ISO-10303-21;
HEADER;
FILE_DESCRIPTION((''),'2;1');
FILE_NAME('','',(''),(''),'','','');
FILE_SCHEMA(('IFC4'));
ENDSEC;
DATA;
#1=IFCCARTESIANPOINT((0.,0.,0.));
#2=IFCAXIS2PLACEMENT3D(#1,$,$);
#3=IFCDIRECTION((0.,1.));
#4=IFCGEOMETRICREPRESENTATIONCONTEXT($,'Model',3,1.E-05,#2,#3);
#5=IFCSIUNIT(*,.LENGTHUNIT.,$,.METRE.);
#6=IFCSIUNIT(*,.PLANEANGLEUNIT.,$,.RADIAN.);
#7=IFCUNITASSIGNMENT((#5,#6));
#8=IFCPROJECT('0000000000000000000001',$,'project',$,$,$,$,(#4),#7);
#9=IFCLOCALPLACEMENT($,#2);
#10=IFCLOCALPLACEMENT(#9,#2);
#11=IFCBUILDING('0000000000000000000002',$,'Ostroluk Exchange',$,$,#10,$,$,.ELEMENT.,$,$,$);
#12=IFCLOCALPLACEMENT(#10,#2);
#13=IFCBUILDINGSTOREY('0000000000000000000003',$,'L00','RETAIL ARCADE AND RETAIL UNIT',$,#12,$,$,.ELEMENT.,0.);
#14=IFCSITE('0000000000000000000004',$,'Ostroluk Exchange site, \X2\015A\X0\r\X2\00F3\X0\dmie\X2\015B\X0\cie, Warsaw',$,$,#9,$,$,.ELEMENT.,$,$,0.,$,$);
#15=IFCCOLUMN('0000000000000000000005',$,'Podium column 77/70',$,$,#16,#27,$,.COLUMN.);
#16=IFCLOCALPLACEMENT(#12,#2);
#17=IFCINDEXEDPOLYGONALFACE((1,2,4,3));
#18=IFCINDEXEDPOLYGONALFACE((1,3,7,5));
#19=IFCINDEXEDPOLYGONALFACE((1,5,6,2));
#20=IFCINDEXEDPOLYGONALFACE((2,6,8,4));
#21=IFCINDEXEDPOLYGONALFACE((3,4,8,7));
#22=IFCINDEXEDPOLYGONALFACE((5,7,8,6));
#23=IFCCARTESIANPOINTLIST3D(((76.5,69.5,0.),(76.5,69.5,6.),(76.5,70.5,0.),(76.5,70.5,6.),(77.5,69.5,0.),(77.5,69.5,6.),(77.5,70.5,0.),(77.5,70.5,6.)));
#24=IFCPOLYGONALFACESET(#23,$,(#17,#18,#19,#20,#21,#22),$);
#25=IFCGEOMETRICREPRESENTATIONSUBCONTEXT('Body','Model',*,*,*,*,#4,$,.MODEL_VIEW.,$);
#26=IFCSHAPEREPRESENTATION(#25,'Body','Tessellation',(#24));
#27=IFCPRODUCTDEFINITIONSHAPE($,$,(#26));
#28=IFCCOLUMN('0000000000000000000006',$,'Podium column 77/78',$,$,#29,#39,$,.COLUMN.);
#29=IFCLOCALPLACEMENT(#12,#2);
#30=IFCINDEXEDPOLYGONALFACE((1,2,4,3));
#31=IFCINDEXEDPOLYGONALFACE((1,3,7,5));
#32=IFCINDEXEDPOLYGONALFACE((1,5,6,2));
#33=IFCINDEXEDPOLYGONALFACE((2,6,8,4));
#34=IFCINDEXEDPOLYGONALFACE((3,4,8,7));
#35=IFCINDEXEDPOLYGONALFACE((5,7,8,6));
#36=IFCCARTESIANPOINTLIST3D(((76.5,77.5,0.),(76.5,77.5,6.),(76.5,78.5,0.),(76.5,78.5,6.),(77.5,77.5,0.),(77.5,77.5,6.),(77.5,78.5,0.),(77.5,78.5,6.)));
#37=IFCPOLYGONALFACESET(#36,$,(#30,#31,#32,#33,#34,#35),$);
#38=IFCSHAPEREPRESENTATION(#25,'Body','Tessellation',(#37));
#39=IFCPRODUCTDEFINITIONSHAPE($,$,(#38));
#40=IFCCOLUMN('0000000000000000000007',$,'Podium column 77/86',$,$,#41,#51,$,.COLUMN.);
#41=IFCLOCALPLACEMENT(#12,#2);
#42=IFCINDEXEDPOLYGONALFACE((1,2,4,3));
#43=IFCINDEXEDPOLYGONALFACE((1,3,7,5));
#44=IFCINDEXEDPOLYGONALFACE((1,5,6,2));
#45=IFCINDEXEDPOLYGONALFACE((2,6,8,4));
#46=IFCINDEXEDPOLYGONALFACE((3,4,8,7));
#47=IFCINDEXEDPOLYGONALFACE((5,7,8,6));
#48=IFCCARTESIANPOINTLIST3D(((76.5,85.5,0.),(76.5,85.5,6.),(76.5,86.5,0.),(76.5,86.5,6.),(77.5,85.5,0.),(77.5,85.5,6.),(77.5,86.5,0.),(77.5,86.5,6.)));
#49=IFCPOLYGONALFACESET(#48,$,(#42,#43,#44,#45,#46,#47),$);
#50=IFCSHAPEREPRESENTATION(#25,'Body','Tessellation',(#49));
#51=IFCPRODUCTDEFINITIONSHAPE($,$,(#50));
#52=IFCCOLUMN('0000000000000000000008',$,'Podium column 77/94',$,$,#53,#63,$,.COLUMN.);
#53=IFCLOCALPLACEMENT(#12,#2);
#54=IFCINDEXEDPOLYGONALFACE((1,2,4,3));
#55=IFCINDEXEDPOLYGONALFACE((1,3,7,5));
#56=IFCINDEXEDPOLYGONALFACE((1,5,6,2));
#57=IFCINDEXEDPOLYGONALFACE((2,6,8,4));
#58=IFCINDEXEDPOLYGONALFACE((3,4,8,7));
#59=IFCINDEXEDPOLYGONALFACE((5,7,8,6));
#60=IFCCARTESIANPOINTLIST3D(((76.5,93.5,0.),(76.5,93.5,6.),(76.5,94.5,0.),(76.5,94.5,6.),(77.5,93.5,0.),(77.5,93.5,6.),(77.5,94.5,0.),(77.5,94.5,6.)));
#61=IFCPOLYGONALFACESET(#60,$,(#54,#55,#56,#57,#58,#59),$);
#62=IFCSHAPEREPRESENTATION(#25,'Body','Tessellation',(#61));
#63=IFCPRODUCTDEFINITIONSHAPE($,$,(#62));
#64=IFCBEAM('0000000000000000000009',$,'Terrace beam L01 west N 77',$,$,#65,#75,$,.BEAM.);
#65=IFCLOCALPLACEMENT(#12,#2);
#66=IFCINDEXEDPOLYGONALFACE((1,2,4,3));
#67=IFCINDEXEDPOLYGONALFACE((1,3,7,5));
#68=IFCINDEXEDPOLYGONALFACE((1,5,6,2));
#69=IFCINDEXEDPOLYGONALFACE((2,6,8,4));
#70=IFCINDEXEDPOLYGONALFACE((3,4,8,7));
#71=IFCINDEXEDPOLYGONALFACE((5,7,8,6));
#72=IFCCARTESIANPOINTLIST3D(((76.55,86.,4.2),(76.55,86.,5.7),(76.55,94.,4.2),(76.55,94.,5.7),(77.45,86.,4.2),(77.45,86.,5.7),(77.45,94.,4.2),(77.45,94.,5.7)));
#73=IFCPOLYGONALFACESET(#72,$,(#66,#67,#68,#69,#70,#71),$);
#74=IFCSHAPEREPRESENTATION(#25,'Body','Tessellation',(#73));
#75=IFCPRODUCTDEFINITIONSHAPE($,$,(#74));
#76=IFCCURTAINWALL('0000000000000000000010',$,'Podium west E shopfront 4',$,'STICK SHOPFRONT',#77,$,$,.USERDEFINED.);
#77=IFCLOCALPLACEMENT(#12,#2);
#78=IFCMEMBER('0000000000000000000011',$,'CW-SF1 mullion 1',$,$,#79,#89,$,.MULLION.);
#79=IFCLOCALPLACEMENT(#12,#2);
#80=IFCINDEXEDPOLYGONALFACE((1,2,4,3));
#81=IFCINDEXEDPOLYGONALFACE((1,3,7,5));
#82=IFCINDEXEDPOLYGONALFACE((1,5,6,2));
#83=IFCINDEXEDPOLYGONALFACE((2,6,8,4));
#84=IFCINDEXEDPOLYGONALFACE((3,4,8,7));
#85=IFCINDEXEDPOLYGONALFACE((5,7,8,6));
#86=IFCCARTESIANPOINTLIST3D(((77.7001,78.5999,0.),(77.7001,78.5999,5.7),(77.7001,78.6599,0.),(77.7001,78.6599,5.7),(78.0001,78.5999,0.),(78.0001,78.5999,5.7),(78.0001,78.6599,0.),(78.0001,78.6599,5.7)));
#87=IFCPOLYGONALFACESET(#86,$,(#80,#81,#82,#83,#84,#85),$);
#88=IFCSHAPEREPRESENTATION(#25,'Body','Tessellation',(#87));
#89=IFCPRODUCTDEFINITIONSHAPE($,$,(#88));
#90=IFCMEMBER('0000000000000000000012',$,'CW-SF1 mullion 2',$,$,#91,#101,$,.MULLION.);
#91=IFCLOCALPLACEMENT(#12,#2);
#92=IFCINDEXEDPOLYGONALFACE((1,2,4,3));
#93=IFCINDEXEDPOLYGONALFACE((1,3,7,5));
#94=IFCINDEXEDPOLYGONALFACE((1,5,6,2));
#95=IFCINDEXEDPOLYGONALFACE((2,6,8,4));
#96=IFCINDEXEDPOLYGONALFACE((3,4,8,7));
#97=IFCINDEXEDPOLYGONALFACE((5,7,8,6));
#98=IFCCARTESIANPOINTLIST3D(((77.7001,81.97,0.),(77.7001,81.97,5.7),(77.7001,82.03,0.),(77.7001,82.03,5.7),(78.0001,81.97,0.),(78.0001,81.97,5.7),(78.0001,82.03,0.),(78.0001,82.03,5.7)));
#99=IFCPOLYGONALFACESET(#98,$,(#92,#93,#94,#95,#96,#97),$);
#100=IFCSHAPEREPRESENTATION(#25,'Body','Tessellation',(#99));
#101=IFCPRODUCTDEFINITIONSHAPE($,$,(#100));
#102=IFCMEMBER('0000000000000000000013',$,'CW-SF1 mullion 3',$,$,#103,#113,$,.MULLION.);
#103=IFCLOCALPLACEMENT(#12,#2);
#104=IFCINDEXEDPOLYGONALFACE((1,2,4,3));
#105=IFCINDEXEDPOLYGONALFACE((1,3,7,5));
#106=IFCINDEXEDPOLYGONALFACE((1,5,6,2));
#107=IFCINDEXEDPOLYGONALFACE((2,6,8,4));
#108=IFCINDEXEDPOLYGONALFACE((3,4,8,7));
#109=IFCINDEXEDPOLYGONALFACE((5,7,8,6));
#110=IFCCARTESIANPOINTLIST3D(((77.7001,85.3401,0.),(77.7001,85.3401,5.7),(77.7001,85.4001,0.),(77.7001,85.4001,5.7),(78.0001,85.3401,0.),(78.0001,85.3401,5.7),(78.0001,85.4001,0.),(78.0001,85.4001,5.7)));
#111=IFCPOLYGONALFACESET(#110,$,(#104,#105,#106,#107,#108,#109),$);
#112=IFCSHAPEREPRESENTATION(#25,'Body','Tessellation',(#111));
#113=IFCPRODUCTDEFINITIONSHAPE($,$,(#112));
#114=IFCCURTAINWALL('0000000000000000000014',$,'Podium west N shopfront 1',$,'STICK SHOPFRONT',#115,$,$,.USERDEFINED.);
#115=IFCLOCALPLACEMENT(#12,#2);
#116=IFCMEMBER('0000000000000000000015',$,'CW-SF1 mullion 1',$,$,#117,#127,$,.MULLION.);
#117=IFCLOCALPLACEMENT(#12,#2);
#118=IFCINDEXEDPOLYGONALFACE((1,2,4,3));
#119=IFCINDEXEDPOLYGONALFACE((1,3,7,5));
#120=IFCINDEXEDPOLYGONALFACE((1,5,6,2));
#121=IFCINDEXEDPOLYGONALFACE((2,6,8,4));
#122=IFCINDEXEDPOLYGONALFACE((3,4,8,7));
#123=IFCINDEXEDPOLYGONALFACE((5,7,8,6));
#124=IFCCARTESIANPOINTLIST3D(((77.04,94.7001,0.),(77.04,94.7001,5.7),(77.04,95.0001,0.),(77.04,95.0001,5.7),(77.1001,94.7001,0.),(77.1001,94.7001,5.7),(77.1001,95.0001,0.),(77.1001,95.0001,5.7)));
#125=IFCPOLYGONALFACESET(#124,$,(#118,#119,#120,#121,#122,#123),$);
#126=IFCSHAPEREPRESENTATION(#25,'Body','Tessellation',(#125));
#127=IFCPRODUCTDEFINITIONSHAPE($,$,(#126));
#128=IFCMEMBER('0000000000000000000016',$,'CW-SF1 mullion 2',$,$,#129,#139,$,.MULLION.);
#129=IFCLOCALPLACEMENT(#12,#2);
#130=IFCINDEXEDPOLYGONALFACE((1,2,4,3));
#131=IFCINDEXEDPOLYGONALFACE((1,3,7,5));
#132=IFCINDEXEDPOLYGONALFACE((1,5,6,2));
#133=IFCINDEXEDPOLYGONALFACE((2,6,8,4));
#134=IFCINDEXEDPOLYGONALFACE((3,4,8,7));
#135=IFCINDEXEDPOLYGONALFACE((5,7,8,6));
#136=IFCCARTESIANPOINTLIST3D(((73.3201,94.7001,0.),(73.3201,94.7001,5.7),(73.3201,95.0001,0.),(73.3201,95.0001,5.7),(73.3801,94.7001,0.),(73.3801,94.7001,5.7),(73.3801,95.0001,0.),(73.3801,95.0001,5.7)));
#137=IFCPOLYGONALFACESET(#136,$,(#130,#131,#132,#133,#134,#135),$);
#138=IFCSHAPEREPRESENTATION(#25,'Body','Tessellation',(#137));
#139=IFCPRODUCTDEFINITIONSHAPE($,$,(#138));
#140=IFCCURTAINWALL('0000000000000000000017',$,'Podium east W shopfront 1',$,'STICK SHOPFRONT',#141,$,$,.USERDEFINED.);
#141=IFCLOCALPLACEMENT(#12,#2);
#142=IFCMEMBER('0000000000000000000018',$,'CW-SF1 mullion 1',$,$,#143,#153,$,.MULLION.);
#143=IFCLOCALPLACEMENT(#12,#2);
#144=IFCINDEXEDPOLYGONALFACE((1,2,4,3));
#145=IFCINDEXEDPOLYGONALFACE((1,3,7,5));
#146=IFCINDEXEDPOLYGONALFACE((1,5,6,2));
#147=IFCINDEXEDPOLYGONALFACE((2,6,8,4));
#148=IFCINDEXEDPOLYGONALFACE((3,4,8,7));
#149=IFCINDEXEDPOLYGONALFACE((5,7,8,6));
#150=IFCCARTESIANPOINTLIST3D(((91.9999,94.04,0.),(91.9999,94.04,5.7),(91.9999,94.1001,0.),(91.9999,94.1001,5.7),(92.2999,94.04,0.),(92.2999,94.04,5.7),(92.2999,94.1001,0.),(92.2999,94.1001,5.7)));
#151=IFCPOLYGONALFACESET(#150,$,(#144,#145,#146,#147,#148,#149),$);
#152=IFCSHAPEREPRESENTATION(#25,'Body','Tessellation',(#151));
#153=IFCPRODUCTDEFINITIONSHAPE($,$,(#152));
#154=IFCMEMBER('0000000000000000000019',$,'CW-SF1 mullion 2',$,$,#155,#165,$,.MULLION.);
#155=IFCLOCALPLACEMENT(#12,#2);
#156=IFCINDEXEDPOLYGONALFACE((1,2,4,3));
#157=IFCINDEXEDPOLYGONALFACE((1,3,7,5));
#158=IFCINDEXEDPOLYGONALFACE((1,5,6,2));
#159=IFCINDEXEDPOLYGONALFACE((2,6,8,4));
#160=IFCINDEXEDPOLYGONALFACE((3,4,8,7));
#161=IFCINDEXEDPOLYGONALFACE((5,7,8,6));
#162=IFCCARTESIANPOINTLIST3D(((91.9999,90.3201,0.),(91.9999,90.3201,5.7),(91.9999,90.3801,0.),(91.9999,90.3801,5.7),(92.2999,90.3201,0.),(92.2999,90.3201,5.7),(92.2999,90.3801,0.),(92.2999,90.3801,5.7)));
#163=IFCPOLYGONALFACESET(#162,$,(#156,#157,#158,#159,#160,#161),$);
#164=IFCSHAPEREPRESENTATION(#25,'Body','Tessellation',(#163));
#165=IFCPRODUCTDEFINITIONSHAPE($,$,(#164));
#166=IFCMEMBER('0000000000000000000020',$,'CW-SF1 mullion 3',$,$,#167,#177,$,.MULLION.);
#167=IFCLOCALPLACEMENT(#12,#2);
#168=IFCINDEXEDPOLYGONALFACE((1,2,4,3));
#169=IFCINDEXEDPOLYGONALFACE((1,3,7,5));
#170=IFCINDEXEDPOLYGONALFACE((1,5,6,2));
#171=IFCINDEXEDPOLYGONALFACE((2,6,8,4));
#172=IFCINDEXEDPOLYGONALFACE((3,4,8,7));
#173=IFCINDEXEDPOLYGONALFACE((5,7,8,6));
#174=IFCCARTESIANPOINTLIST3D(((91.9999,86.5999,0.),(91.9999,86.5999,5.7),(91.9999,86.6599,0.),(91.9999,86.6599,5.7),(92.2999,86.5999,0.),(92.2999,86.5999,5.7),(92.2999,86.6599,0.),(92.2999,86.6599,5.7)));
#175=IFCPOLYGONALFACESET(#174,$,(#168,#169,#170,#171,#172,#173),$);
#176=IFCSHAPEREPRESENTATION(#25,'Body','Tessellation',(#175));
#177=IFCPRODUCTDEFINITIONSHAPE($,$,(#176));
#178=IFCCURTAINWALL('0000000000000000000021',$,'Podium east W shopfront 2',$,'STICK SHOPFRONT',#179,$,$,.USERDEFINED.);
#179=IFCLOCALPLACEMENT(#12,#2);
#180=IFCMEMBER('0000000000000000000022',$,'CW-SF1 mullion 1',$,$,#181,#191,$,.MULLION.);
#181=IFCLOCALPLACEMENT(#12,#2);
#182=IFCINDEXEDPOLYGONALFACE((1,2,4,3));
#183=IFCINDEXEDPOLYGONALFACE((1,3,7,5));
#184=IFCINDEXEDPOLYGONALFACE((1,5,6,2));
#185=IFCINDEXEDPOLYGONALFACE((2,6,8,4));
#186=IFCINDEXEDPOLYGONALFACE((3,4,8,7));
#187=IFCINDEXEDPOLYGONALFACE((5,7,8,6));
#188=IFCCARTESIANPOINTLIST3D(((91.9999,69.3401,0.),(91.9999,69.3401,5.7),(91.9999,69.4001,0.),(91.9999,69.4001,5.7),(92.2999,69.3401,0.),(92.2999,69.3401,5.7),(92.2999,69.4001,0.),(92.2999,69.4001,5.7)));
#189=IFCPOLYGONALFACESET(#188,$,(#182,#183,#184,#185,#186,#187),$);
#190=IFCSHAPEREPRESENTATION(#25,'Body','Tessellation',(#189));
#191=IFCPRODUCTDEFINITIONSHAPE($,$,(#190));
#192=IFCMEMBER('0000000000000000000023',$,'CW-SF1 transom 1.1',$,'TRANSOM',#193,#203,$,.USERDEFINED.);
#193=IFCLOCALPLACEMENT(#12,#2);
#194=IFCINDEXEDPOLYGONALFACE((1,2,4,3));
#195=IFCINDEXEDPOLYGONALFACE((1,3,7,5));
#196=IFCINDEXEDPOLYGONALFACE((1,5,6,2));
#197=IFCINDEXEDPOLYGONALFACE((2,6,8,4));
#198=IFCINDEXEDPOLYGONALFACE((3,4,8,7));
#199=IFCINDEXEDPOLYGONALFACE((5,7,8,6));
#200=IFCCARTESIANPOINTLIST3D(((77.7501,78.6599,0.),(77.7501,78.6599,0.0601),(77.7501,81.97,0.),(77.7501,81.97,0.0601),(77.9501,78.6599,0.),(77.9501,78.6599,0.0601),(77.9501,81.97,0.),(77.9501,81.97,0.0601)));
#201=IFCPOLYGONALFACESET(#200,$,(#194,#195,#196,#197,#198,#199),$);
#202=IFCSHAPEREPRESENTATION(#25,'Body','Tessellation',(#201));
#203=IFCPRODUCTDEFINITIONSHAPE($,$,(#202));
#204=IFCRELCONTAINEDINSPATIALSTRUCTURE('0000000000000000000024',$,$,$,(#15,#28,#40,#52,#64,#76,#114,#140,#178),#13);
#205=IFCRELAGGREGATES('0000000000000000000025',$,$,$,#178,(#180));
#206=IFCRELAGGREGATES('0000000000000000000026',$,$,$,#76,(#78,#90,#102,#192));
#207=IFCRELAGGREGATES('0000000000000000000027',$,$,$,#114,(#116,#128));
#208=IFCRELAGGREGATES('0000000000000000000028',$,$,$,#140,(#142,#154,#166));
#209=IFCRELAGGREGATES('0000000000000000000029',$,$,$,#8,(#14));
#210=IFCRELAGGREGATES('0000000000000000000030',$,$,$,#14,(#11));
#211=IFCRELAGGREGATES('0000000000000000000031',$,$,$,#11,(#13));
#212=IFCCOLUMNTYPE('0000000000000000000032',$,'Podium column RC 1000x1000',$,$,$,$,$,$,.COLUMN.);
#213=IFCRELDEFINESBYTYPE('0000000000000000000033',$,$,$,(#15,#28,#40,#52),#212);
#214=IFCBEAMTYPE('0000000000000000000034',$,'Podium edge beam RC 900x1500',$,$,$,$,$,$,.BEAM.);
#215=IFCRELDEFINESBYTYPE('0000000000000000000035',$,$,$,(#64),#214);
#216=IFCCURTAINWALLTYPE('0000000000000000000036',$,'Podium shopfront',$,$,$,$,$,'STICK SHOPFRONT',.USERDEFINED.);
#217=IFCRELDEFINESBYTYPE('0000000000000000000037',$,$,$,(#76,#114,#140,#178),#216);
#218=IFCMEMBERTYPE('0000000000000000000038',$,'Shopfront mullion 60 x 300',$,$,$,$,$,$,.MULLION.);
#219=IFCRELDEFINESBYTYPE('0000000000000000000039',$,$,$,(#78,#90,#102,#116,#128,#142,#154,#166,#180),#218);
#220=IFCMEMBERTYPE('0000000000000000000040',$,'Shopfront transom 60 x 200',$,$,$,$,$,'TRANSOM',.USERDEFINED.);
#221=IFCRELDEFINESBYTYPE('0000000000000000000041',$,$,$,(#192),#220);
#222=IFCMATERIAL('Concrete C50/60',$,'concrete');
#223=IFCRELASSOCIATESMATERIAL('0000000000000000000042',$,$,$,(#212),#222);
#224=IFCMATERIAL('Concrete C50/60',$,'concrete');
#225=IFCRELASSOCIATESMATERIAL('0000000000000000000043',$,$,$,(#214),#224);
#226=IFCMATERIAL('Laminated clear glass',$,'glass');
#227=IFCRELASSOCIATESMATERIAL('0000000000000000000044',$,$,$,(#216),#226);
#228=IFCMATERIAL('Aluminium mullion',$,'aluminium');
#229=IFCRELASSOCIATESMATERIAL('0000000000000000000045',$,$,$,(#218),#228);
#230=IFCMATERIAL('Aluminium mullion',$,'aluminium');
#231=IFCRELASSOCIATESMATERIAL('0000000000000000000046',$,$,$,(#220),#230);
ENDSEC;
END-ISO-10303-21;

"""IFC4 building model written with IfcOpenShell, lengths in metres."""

from ifc_helpers import new_model, si_unit, direction, frame, origin, origin_2d, place, context, subcontext, project, spatial, rectangle, extrude, material, material_profile, profile_set, type_object, element, aggregate, save


model = new_model("IFC4")

# Units and contexts
model_context = context("Model", 3, precision=1e-05, world=origin(), true_north=direction((0.0, 1.0)))
body_context = subcontext(model_context, "Body", "Model", "MODEL_VIEW")
ifc_project = project(units=[si_unit("LENGTHUNIT", "METRE"), si_unit("PLANEANGLEUNIT", "RADIAN")], contexts=[model_context])

# Site, building, storey
site_placement = place(None, origin())
site = spatial("IfcSite", under=ifc_project, at=site_placement, Name="Ostroluk Exchange site, Śródmieście, Warsaw", CompositionType="ELEMENT", RefElevation=0.0)
building_placement = place(site_placement, origin())
building = spatial("IfcBuilding", under=site, at=building_placement, Name="Ostroluk Exchange", CompositionType="ELEMENT")
storey_placement = place(building_placement, origin())
storey = spatial("IfcBuildingStorey", under=building, at=storey_placement, Name="L00", Description="RETAIL ARCADE AND RETAIL UNIT", CompositionType="ELEMENT", Elevation=0.0)

# Columns
ifc_material_1 = material(Name="Concrete C50/60", Category="concrete")
ifc_material_profile_1 = material_profile(ifc_material_1, rectangle(XDim=1.0, YDim=1.0, at=origin_2d()), Name="RC 1000x1000")
ifc_profile_set_1 = profile_set([ifc_material_profile_1], Name="Concrete C50/60")
column_type = type_object("IfcColumnType", Name="Podium column RC 1000x1000", PredefinedType="COLUMN", material=ifc_profile_set_1)
for number, where, z_axis, x_axis, name in (
    (1, (77.0, 70.0, 0.0), (0.0, 0.0, 1.0), (1.0, 0.0, 0.0), "Podium column 77/70"),
    (2, (77.0, 78.0, 0.0), (0.0, 0.0, 1.0), (1.0, 0.0, 0.0), "Podium column 77/78"),
    (3, (77.0, 86.0, 0.0), (0.0, 0.0, 1.0), (1.0, 0.0, 0.0), "Podium column 77/86"),
    (4, (77.0, 94.0, 0.0), (0.0, 0.0, 1.0), (1.0, 0.0, 0.0), "Podium column 77/94"),
):
    element("IfcColumn", number, at=place(storey_placement, frame(where, z_axis=z_axis, x_axis=x_axis)), inside=storey, type_object=column_type, Name=name, PredefinedType="COLUMN", context=body_context, shape_type="SweptSolid", body=[
        extrude(rectangle(XDim=1.0, YDim=1.0, at=origin_2d()), origin(), (0.0, 0.0, 1.0), 6.0),
    ])

# Beam
ifc_material_2 = material(Name="Concrete C50/60", Category="concrete")
ifc_material_profile_2 = material_profile(ifc_material_2, rectangle(XDim=0.8999, YDim=1.5, at=origin_2d()), Name="RC 900x1500")
ifc_profile_set_2 = profile_set([ifc_material_profile_2], Name="Concrete C50/60")
beam_type = type_object("IfcBeamType", Name="Podium edge beam RC 900x1500", PredefinedType="BEAM", material=ifc_profile_set_2)
beam_placement = place(storey_placement, frame((77.0, 94.0, 4.95), z_axis=(0.0, -1.0, 0.0), x_axis=(1.0, 0.0, 0.0)))
element("IfcBeam", 5, at=beam_placement, inside=storey, type_object=beam_type, Name="Terrace beam L01 west N 77", PredefinedType="BEAM", context=body_context, shape_type="SweptSolid", body=[
    extrude(rectangle(XDim=0.8999, YDim=1.5, at=origin_2d()), origin(), (0.0, 0.0, 1.0), 8.0),
])

# Curtain walls, members
ifc_material_3 = material(Name="Laminated clear glass", Category="glass")
curtain_wall_type = type_object("IfcCurtainWallType", Name="Podium shopfront", ElementType="STICK SHOPFRONT", PredefinedType="USERDEFINED", material=ifc_material_3)
curtain_wall_1_placement = place(storey_placement, origin())
curtain_wall_1 = element("IfcCurtainWall", 6, at=curtain_wall_1_placement, inside=storey, type_object=curtain_wall_type, Name="Podium west E shopfront 4", ObjectType="STICK SHOPFRONT", PredefinedType="USERDEFINED")
ifc_material_4 = material(Name="Aluminium mullion", Category="aluminium")
ifc_material_profile_3 = material_profile(ifc_material_4, rectangle(XDim=0.3, YDim=0.0601, at=origin_2d()), Name="Shopfront mullion 60 x 300")
ifc_profile_set_3 = profile_set([ifc_material_profile_3], Name="Aluminium mullion")
member_type_1 = type_object("IfcMemberType", Name="Shopfront mullion 60 x 300", PredefinedType="MULLION", material=ifc_profile_set_3)
member_1_placement = place(storey_placement, frame((77.8501, 78.6299, 0.0), z_axis=(0.0, 0.0, 1.0), x_axis=(-1.0, 0.0, 0.0)))
member_1 = element("IfcMember", 7, at=member_1_placement, type_object=member_type_1, Name="CW-SF1 mullion 1", PredefinedType="MULLION", context=body_context, shape_type="SweptSolid", body=[
    extrude(rectangle(XDim=0.3, YDim=0.0601, at=origin_2d()), origin(), (0.0, 0.0, 1.0), 5.7),
])
member_2_placement = place(storey_placement, frame((77.8501, 82.0, 0.0), z_axis=(0.0, 0.0, 1.0), x_axis=(-1.0, 0.0, 0.0)))
member_2 = element("IfcMember", 8, at=member_2_placement, type_object=member_type_1, Name="CW-SF1 mullion 2", PredefinedType="MULLION", context=body_context, shape_type="SweptSolid", body=[
    extrude(rectangle(XDim=0.3, YDim=0.0601, at=origin_2d()), origin(), (0.0, 0.0, 1.0), 5.7),
])
member_3_placement = place(storey_placement, frame((77.8501, 85.3701, 0.0), z_axis=(0.0, 0.0, 1.0), x_axis=(-1.0, 0.0, 0.0)))
member_3 = element("IfcMember", 9, at=member_3_placement, type_object=member_type_1, Name="CW-SF1 mullion 3", PredefinedType="MULLION", context=body_context, shape_type="SweptSolid", body=[
    extrude(rectangle(XDim=0.3, YDim=0.0601, at=origin_2d()), origin(), (0.0, 0.0, 1.0), 5.7),
])
curtain_wall_2_placement = place(storey_placement, origin())
curtain_wall_2 = element("IfcCurtainWall", 10, at=curtain_wall_2_placement, inside=storey, type_object=curtain_wall_type, Name="Podium west N shopfront 1", ObjectType="STICK SHOPFRONT", PredefinedType="USERDEFINED")
member_4_placement = place(storey_placement, frame((77.0701, 94.8501, 0.0), z_axis=(0.0, 0.0, 1.0), x_axis=(0.0, -1.0, 0.0)))
member_4 = element("IfcMember", 11, at=member_4_placement, type_object=member_type_1, Name="CW-SF1 mullion 1", PredefinedType="MULLION", context=body_context, shape_type="SweptSolid", body=[
    extrude(rectangle(XDim=0.3, YDim=0.0601, at=origin_2d()), origin(), (0.0, 0.0, 1.0), 5.7),
])
member_5_placement = place(storey_placement, frame((73.3501, 94.8501, 0.0), z_axis=(0.0, 0.0, 1.0), x_axis=(0.0, -1.0, 0.0)))
member_5 = element("IfcMember", 12, at=member_5_placement, type_object=member_type_1, Name="CW-SF1 mullion 2", PredefinedType="MULLION", context=body_context, shape_type="SweptSolid", body=[
    extrude(rectangle(XDim=0.3, YDim=0.0601, at=origin_2d()), origin(), (0.0, 0.0, 1.0), 5.7),
])
curtain_wall_3_placement = place(storey_placement, origin())
curtain_wall_3 = element("IfcCurtainWall", 13, at=curtain_wall_3_placement, inside=storey, type_object=curtain_wall_type, Name="Podium east W shopfront 1", ObjectType="STICK SHOPFRONT", PredefinedType="USERDEFINED")
member_6_placement = place(storey_placement, frame((92.1499, 94.0701, 0.0), z_axis=(0.0, 0.0, 1.0), x_axis=(1.0, 0.0, 0.0)))
member_6 = element("IfcMember", 14, at=member_6_placement, type_object=member_type_1, Name="CW-SF1 mullion 1", PredefinedType="MULLION", context=body_context, shape_type="SweptSolid", body=[
    extrude(rectangle(XDim=0.3, YDim=0.0601, at=origin_2d()), origin(), (0.0, 0.0, 1.0), 5.7),
])
member_7_placement = place(storey_placement, frame((92.1499, 90.3501, 0.0), z_axis=(0.0, 0.0, 1.0), x_axis=(1.0, 0.0, 0.0)))
member_7 = element("IfcMember", 15, at=member_7_placement, type_object=member_type_1, Name="CW-SF1 mullion 2", PredefinedType="MULLION", context=body_context, shape_type="SweptSolid", body=[
    extrude(rectangle(XDim=0.3, YDim=0.0601, at=origin_2d()), origin(), (0.0, 0.0, 1.0), 5.7),
])
member_8_placement = place(storey_placement, frame((92.1499, 86.6299, 0.0), z_axis=(0.0, 0.0, 1.0), x_axis=(1.0, 0.0, 0.0)))
member_8 = element("IfcMember", 16, at=member_8_placement, type_object=member_type_1, Name="CW-SF1 mullion 3", PredefinedType="MULLION", context=body_context, shape_type="SweptSolid", body=[
    extrude(rectangle(XDim=0.3, YDim=0.0601, at=origin_2d()), origin(), (0.0, 0.0, 1.0), 5.7),
])

# Curtain wall, member
curtain_wall_4_placement = place(storey_placement, origin())
curtain_wall_4 = element("IfcCurtainWall", 17, at=curtain_wall_4_placement, inside=storey, type_object=curtain_wall_type, Name="Podium east W shopfront 2", ObjectType="STICK SHOPFRONT", PredefinedType="USERDEFINED")
member_9_placement = place(storey_placement, frame((92.1499, 69.3701, 0.0), z_axis=(0.0, 0.0, 1.0), x_axis=(1.0, 0.0, 0.0)))
member_9 = element("IfcMember", 18, at=member_9_placement, type_object=member_type_1, Name="CW-SF1 mullion 1", PredefinedType="MULLION", context=body_context, shape_type="SweptSolid", body=[
    extrude(rectangle(XDim=0.3, YDim=0.0601, at=origin_2d()), origin(), (0.0, 0.0, 1.0), 5.7),
])
aggregate(curtain_wall_4, [member_9])

# Member
ifc_material_5 = material(Name="Aluminium mullion", Category="aluminium")
ifc_material_profile_4 = material_profile(ifc_material_5, rectangle(XDim=0.2, YDim=0.0601, at=origin_2d()), Name="Shopfront transom 60 x 200")
ifc_profile_set_4 = profile_set([ifc_material_profile_4], Name="Aluminium mullion")
member_type_2 = type_object("IfcMemberType", Name="Shopfront transom 60 x 200", ElementType="TRANSOM", PredefinedType="USERDEFINED", material=ifc_profile_set_4)
member_10_placement = place(storey_placement, frame((77.8501, 78.6599, 0.03), z_axis=(0.0, 1.0, 0.0), x_axis=(-1.0, 0.0, 0.0)))
member_10 = element("IfcMember", 19, at=member_10_placement, type_object=member_type_2, Name="CW-SF1 transom 1.1", ObjectType="TRANSOM", PredefinedType="USERDEFINED", context=body_context, shape_type="SweptSolid", body=[
    extrude(rectangle(XDim=0.2, YDim=0.0601, at=origin_2d()), origin(), (0.0, 0.0, 1.0), 3.3101),
])

aggregate(curtain_wall_1, [member_1, member_2, member_3, member_10])
aggregate(curtain_wall_2, [member_4, member_5])
aggregate(curtain_wall_3, [member_6, member_7, member_8])

save(model, "model.ifc")
